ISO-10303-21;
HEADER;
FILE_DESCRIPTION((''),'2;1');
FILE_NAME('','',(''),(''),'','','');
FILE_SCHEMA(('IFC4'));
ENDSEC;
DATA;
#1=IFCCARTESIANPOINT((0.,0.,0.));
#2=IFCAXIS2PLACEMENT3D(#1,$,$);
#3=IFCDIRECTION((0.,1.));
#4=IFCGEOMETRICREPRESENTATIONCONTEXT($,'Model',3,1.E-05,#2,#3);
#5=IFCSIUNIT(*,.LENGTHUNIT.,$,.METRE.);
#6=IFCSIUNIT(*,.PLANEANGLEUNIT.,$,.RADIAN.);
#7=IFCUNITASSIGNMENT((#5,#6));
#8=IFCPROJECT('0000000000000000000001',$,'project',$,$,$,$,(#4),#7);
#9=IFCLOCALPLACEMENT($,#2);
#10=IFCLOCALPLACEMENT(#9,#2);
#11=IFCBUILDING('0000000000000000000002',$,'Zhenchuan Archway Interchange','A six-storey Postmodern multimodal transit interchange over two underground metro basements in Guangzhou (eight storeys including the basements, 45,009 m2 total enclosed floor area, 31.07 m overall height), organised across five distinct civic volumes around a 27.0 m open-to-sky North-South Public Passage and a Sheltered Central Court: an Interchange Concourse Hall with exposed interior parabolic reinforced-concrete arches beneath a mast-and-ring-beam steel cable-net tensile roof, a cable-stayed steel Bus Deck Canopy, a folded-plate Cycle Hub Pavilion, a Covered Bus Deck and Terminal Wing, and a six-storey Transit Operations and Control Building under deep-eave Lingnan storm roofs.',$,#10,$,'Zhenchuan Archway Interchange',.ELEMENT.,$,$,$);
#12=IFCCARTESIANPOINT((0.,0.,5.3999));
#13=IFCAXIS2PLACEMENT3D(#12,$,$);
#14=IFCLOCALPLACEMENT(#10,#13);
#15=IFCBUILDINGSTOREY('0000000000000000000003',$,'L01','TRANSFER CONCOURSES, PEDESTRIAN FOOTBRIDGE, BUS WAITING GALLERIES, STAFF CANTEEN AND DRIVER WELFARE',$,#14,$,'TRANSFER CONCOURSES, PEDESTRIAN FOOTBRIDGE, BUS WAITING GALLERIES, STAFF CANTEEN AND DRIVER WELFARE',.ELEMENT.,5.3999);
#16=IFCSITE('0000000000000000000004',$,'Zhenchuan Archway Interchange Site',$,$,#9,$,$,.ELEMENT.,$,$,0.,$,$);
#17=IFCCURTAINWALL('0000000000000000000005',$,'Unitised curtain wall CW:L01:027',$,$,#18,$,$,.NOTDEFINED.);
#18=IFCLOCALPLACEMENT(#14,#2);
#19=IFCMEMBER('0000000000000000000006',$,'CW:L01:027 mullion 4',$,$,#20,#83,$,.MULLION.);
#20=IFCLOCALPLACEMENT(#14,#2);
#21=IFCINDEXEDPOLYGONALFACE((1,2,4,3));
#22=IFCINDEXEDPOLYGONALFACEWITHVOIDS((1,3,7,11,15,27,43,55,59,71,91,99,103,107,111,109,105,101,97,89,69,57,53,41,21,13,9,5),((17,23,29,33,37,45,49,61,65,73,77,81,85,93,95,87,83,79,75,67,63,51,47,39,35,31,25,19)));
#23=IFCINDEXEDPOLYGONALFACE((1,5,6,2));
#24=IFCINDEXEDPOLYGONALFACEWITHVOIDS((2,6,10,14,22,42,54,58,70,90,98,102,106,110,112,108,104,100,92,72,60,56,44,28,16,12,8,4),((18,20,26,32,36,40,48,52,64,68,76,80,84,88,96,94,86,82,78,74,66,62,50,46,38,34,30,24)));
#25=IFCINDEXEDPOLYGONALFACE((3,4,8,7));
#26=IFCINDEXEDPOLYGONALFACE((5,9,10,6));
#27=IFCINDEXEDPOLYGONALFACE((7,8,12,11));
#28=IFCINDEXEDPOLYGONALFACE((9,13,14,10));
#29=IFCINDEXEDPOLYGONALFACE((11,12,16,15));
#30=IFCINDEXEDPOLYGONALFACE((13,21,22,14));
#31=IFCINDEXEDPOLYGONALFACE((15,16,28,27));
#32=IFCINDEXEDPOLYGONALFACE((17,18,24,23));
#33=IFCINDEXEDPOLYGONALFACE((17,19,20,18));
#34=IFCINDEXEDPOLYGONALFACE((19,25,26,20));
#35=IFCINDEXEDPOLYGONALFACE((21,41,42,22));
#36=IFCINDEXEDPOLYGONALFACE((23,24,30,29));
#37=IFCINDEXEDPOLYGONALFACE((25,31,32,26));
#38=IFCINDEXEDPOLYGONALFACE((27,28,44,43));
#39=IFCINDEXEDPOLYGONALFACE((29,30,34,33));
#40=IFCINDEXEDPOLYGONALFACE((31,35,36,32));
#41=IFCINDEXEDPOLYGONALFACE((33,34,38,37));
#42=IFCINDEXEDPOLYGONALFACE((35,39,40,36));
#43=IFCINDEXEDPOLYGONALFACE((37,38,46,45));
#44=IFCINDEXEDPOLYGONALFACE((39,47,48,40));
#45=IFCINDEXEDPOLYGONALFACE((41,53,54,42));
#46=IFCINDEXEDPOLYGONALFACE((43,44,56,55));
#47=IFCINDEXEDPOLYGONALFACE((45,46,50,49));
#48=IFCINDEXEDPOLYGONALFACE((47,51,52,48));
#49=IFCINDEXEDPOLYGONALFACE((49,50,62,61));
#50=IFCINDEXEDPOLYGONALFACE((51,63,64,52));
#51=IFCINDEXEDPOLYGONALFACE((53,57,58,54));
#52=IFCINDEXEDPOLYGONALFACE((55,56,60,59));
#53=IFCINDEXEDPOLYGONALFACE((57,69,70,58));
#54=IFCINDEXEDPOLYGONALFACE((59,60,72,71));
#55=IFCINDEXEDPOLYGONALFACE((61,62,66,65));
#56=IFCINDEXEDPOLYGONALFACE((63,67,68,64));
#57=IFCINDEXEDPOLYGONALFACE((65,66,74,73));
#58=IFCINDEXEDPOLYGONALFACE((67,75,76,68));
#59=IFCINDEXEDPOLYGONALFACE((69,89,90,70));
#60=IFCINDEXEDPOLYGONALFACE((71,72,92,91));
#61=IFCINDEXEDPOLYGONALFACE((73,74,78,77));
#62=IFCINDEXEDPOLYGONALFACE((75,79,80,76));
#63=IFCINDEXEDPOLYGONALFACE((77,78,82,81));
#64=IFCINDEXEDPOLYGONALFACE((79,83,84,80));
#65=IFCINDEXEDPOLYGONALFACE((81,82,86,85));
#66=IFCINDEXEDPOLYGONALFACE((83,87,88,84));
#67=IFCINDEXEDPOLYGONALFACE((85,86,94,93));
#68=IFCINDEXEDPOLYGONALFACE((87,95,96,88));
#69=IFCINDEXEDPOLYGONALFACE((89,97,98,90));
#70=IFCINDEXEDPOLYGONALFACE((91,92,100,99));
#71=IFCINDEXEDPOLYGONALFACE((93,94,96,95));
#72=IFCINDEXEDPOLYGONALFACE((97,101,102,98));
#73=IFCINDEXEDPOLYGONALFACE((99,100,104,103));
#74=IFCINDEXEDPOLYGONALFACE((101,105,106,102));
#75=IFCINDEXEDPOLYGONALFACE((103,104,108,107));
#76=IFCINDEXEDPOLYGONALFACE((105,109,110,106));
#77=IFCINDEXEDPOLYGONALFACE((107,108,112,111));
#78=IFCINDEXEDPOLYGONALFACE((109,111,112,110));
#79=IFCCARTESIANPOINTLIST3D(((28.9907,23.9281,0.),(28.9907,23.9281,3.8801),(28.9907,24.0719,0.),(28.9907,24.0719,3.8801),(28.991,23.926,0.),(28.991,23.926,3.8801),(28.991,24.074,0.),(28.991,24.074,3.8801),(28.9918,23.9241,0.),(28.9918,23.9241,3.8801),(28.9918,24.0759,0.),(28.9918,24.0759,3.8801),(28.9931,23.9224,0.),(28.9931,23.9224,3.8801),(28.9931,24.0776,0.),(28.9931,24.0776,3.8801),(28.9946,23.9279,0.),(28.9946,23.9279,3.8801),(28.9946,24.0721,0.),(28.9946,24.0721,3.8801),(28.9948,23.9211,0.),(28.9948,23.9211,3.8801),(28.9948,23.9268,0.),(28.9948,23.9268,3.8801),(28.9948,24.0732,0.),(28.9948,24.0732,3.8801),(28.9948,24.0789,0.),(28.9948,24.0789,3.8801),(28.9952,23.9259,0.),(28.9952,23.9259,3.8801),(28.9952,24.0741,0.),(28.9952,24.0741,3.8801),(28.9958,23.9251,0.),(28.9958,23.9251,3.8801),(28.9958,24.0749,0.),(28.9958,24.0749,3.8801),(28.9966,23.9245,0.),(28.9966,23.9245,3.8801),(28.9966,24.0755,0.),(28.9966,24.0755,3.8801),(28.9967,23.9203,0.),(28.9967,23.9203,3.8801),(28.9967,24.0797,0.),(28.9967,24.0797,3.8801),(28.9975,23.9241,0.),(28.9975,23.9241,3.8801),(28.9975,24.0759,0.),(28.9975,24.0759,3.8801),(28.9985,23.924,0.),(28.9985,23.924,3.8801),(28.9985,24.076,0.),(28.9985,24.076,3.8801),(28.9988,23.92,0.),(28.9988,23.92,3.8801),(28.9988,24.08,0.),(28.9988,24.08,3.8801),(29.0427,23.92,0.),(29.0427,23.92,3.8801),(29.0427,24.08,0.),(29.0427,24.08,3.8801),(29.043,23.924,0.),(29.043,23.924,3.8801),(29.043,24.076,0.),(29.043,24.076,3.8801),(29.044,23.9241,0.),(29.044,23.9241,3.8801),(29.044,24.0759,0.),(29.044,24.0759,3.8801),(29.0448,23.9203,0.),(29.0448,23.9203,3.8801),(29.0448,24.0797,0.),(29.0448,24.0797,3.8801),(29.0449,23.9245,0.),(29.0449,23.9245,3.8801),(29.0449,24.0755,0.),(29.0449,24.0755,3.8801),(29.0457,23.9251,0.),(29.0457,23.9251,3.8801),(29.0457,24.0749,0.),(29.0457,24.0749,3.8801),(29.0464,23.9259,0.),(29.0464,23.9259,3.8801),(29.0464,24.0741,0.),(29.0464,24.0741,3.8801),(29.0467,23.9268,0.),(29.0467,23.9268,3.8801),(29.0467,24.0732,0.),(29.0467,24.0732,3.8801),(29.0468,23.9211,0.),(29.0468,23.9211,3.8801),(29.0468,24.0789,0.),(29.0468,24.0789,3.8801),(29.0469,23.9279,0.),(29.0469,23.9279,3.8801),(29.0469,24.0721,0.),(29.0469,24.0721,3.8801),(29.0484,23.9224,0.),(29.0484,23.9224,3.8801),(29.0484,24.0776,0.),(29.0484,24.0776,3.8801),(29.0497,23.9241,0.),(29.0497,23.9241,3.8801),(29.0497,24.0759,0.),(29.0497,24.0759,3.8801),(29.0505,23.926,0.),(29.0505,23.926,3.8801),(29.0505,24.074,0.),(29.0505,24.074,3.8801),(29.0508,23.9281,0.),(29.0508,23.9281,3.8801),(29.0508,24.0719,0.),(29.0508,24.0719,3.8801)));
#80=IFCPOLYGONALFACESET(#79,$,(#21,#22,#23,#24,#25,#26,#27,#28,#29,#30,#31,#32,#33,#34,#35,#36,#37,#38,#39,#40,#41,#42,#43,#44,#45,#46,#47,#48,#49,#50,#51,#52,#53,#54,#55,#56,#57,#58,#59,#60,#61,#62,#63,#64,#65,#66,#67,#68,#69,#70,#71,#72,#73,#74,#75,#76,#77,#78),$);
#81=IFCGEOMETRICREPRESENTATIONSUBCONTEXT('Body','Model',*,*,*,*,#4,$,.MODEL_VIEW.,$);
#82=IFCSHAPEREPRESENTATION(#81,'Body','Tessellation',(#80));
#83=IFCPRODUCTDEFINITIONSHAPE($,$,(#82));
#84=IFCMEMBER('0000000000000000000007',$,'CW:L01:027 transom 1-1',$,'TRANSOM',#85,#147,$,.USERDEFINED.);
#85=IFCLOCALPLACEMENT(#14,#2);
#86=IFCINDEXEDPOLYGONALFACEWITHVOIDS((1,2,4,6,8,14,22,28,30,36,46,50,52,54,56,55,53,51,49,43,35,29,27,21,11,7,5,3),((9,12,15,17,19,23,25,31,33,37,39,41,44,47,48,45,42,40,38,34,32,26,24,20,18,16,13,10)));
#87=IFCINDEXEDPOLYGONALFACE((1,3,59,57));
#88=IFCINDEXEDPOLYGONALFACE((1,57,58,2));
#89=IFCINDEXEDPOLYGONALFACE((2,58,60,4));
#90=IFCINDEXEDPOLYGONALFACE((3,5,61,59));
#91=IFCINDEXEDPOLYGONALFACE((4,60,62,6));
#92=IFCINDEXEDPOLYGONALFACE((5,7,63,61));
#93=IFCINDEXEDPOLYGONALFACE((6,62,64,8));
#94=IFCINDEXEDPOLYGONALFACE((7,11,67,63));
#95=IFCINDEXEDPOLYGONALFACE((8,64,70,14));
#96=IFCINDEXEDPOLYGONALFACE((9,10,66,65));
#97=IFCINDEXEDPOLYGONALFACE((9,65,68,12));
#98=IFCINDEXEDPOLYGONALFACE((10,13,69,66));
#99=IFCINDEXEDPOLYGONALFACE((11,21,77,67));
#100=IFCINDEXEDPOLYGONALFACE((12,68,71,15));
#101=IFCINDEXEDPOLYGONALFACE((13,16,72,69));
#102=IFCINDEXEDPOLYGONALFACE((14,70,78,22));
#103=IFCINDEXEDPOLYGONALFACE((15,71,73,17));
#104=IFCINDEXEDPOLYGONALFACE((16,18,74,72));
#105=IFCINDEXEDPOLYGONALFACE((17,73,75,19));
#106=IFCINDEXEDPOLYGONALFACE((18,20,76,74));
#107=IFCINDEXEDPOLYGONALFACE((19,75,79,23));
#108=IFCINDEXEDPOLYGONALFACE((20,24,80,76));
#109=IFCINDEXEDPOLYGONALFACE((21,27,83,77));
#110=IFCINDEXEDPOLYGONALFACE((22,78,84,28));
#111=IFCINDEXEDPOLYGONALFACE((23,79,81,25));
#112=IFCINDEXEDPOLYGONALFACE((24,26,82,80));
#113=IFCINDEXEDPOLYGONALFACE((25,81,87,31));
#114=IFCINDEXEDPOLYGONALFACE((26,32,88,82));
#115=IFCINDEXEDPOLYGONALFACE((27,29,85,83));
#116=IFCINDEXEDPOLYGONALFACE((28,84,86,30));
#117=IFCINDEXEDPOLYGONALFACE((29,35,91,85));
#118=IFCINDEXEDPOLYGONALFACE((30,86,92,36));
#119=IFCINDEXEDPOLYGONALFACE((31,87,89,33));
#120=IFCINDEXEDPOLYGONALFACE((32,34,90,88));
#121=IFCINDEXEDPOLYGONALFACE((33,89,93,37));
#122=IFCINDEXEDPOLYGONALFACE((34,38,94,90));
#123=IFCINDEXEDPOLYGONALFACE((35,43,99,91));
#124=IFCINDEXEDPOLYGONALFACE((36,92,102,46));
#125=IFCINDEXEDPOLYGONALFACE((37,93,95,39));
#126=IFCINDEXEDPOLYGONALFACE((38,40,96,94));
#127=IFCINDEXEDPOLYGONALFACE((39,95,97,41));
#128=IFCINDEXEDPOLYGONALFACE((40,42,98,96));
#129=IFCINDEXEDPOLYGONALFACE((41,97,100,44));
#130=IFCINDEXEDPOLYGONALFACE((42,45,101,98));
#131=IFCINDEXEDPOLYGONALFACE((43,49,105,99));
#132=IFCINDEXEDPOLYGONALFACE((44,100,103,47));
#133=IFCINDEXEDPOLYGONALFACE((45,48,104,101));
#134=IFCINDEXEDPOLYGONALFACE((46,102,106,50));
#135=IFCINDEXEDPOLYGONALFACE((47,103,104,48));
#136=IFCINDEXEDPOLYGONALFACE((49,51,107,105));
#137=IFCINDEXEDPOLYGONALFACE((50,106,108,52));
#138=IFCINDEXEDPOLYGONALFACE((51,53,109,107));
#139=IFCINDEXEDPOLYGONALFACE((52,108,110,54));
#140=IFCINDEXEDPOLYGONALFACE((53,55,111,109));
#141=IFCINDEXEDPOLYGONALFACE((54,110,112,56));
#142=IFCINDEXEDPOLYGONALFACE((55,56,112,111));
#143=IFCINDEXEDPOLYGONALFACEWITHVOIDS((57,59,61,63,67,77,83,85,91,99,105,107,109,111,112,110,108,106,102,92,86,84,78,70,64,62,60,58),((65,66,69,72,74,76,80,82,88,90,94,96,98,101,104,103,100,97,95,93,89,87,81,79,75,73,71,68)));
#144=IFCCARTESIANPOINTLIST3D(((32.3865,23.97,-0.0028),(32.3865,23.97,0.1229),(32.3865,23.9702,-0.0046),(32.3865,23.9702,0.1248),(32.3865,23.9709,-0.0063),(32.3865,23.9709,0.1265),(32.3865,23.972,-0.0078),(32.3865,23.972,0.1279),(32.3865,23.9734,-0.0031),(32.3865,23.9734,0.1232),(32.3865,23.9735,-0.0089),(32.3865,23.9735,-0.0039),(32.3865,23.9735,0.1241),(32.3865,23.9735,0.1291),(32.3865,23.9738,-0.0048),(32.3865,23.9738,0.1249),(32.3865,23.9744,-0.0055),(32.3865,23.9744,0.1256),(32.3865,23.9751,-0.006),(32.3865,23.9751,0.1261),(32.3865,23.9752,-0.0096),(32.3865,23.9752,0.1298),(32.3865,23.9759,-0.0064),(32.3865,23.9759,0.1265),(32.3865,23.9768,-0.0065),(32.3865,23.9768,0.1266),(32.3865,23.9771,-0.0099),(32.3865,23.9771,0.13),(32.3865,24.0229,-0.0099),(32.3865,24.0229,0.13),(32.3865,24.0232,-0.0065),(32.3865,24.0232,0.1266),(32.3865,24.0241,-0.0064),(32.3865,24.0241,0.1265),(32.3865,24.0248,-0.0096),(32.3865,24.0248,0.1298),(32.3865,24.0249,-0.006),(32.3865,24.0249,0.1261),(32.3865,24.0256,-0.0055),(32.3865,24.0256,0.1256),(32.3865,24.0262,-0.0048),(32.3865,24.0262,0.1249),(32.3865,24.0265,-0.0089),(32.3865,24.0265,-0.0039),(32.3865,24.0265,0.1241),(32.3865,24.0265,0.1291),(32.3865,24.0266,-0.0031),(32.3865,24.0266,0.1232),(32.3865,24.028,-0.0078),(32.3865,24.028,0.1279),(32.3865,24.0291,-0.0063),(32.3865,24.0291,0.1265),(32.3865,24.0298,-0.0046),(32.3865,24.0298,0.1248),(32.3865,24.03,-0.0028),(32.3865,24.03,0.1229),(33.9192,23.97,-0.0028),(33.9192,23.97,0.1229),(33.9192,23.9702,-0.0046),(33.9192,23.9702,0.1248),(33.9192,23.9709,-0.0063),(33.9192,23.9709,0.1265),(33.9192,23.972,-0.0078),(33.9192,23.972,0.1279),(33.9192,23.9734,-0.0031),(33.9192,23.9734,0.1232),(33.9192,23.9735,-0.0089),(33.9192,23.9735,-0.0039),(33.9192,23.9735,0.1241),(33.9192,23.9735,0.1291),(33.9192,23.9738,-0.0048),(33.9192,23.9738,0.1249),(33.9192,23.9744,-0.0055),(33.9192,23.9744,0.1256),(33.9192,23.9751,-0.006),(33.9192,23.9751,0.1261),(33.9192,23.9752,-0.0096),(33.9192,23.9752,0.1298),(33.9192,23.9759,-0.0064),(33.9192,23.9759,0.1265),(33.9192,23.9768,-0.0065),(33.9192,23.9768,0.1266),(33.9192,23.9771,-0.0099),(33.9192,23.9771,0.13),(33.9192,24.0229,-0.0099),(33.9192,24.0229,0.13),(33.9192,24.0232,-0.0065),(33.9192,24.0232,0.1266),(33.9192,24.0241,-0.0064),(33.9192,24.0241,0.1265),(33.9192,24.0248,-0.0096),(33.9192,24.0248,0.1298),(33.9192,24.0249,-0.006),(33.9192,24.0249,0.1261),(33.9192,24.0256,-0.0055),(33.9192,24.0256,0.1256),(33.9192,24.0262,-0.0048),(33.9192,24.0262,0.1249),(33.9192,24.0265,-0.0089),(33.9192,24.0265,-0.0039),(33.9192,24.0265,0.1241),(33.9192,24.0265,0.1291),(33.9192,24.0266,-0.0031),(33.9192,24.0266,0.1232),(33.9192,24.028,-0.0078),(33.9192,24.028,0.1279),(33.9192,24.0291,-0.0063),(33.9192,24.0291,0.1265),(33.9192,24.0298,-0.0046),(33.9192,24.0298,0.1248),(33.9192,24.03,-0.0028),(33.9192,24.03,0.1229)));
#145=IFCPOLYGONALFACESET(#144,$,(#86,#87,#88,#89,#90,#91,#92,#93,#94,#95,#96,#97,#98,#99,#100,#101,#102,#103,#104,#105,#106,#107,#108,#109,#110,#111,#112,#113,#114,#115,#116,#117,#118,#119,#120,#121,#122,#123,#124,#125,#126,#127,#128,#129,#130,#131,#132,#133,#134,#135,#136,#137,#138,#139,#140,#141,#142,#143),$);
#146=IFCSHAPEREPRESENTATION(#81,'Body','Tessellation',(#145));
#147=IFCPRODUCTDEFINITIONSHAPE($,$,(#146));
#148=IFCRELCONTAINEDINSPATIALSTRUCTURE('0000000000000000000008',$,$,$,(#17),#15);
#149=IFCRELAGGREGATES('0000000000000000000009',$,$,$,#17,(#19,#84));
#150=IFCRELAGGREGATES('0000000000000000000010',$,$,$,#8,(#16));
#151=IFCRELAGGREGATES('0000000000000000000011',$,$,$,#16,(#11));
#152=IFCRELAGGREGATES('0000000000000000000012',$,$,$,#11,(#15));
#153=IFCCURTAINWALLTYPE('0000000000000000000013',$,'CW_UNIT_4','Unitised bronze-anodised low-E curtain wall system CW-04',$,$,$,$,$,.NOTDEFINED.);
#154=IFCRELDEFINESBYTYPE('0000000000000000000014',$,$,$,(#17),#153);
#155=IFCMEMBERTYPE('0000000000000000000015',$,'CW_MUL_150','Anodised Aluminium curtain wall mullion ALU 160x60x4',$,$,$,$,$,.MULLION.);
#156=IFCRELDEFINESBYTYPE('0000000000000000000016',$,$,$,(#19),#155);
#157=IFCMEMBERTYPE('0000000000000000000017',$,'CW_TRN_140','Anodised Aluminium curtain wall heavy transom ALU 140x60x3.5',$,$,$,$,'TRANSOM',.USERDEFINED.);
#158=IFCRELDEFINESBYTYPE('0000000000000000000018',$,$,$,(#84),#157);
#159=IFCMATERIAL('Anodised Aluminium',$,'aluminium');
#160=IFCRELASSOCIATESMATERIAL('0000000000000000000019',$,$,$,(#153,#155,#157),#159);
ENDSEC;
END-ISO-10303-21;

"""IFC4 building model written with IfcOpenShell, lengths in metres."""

from ifc_helpers import new_model, si_unit, direction, frame, origin, origin_2d, place, context, subcontext, project, spatial, hollow_rectangle, extrude, material, material_profile, profile_set, type_object, element, aggregate, save


model = new_model("IFC4")

# Units and contexts
model_context = context("Model", 3, precision=1e-05, world=origin(), true_north=direction((0.0, 1.0)))
body_context = subcontext(model_context, "Body", "Model", "MODEL_VIEW")
ifc_project = project(units=[si_unit("LENGTHUNIT", "METRE"), si_unit("PLANEANGLEUNIT", "RADIAN")], contexts=[model_context])

# Site, building, storey
site_placement = place(None, origin())
site = spatial("IfcSite", under=ifc_project, at=site_placement, Name="Zhenchuan Archway Interchange Site", CompositionType="ELEMENT", RefElevation=0.0)
building_placement = place(site_placement, origin())
building = spatial("IfcBuilding", under=site, at=building_placement, Name="Zhenchuan Archway Interchange", Description="A six-storey Postmodern multimodal transit interchange over two underground metro basements in Guangzhou (eight storeys including the basements, 45,009 m2 total enclosed floor area, 31.07 m overall height), organised across five distinct civic volumes around a 27.0 m open-to-sky North-South Public Passage and a Sheltered Central Court: an Interchange Concourse Hall with exposed interior parabolic reinforced-concrete arches beneath a mast-and-ring-beam steel cable-net tensile roof, a cable-stayed steel Bus Deck Canopy, a folded-plate Cycle Hub Pavilion, a Covered Bus Deck and Terminal Wing, and a six-storey Transit Operations and Control Building under deep-eave Lingnan storm roofs.", LongName="Zhenchuan Archway Interchange", CompositionType="ELEMENT")
storey_placement = place(building_placement, frame((0.0, 0.0, 5.3999)))
storey = spatial("IfcBuildingStorey", under=building, at=storey_placement, Name="L01", Description="TRANSFER CONCOURSES, PEDESTRIAN FOOTBRIDGE, BUS WAITING GALLERIES, STAFF CANTEEN AND DRIVER WELFARE", LongName="TRANSFER CONCOURSES, PEDESTRIAN FOOTBRIDGE, BUS WAITING GALLERIES, STAFF CANTEEN AND DRIVER WELFARE", CompositionType="ELEMENT", Elevation=5.3999)

# Curtain wall, members
ifc_material_1 = material(Name="Anodised Aluminium", Category="aluminium")
curtain_wall_type = type_object("IfcCurtainWallType", Name="CW_UNIT_4", Description="Unitised bronze-anodised low-E curtain wall system CW-04", PredefinedType="NOTDEFINED", material=ifc_material_1)
curtain_wall_placement = place(storey_placement, origin())
curtain_wall = element("IfcCurtainWall", 1, at=curtain_wall_placement, inside=storey, type_object=curtain_wall_type, Name="Unitised curtain wall CW:L01:027", PredefinedType="NOTDEFINED")
ifc_material_profile_1 = material_profile(ifc_material_1, hollow_rectangle(XDim=0.0601, YDim=0.1599, WallThickness=0.0039, InnerFilletRadius=0.0039, OuterFilletRadius=0.0081, at=origin_2d()), Name="ALU 160x60x4")
ifc_profile_set_1 = profile_set([ifc_material_profile_1], Name="Anodised Aluminium")
member_type_1 = type_object("IfcMemberType", Name="CW_MUL_150", Description="Anodised Aluminium curtain wall mullion ALU 160x60x4", PredefinedType="MULLION", material=ifc_profile_set_1)
member_1_placement = place(storey_placement, frame((29.0208, 24.0, 0.0), z_axis=(0.0, 0.0, 1.0), x_axis=(1.0, 0.0, 0.0)))
member_1 = element("IfcMember", 2, at=member_1_placement, type_object=member_type_1, Name="CW:L01:027 mullion 4", PredefinedType="MULLION", context=body_context, shape_type="SweptSolid", body=[
    extrude(hollow_rectangle(XDim=0.0601, YDim=0.1599, WallThickness=0.0039, InnerFilletRadius=0.0039, OuterFilletRadius=0.0081, at=origin_2d()), origin(), (0.0, 0.0, 1.0), 3.8801),
])
ifc_material_profile_2 = material_profile(ifc_material_1, hollow_rectangle(XDim=0.0601, YDim=0.1399, WallThickness=0.0034, InnerFilletRadius=0.0034, OuterFilletRadius=0.0071, at=origin_2d()), Name="ALU 140x60x3.5")
ifc_profile_set_2 = profile_set([ifc_material_profile_2], Name="Anodised Aluminium")
member_type_2 = type_object("IfcMemberType", Name="CW_TRN_140", Description="Anodised Aluminium curtain wall heavy transom ALU 140x60x3.5", ElementType="TRANSOM", PredefinedType="USERDEFINED", material=ifc_profile_set_2)
member_2_placement = place(storey_placement, frame((33.9192, 24.0, 0.0601), z_axis=(-1.0, 0.0, 0.0), x_axis=(0.0, -1.0, 0.0)))
member_2 = element("IfcMember", 3, at=member_2_placement, type_object=member_type_2, Name="CW:L01:027 transom 1-1", ObjectType="TRANSOM", PredefinedType="USERDEFINED", context=body_context, shape_type="SweptSolid", body=[
    extrude(hollow_rectangle(XDim=0.0601, YDim=0.1399, WallThickness=0.0034, InnerFilletRadius=0.0034, OuterFilletRadius=0.0071, at=origin_2d()), origin(), (0.0, 0.0, 1.0), 1.5327),
])

aggregate(curtain_wall, [member_1, member_2])

save(model, "model.ifc")
